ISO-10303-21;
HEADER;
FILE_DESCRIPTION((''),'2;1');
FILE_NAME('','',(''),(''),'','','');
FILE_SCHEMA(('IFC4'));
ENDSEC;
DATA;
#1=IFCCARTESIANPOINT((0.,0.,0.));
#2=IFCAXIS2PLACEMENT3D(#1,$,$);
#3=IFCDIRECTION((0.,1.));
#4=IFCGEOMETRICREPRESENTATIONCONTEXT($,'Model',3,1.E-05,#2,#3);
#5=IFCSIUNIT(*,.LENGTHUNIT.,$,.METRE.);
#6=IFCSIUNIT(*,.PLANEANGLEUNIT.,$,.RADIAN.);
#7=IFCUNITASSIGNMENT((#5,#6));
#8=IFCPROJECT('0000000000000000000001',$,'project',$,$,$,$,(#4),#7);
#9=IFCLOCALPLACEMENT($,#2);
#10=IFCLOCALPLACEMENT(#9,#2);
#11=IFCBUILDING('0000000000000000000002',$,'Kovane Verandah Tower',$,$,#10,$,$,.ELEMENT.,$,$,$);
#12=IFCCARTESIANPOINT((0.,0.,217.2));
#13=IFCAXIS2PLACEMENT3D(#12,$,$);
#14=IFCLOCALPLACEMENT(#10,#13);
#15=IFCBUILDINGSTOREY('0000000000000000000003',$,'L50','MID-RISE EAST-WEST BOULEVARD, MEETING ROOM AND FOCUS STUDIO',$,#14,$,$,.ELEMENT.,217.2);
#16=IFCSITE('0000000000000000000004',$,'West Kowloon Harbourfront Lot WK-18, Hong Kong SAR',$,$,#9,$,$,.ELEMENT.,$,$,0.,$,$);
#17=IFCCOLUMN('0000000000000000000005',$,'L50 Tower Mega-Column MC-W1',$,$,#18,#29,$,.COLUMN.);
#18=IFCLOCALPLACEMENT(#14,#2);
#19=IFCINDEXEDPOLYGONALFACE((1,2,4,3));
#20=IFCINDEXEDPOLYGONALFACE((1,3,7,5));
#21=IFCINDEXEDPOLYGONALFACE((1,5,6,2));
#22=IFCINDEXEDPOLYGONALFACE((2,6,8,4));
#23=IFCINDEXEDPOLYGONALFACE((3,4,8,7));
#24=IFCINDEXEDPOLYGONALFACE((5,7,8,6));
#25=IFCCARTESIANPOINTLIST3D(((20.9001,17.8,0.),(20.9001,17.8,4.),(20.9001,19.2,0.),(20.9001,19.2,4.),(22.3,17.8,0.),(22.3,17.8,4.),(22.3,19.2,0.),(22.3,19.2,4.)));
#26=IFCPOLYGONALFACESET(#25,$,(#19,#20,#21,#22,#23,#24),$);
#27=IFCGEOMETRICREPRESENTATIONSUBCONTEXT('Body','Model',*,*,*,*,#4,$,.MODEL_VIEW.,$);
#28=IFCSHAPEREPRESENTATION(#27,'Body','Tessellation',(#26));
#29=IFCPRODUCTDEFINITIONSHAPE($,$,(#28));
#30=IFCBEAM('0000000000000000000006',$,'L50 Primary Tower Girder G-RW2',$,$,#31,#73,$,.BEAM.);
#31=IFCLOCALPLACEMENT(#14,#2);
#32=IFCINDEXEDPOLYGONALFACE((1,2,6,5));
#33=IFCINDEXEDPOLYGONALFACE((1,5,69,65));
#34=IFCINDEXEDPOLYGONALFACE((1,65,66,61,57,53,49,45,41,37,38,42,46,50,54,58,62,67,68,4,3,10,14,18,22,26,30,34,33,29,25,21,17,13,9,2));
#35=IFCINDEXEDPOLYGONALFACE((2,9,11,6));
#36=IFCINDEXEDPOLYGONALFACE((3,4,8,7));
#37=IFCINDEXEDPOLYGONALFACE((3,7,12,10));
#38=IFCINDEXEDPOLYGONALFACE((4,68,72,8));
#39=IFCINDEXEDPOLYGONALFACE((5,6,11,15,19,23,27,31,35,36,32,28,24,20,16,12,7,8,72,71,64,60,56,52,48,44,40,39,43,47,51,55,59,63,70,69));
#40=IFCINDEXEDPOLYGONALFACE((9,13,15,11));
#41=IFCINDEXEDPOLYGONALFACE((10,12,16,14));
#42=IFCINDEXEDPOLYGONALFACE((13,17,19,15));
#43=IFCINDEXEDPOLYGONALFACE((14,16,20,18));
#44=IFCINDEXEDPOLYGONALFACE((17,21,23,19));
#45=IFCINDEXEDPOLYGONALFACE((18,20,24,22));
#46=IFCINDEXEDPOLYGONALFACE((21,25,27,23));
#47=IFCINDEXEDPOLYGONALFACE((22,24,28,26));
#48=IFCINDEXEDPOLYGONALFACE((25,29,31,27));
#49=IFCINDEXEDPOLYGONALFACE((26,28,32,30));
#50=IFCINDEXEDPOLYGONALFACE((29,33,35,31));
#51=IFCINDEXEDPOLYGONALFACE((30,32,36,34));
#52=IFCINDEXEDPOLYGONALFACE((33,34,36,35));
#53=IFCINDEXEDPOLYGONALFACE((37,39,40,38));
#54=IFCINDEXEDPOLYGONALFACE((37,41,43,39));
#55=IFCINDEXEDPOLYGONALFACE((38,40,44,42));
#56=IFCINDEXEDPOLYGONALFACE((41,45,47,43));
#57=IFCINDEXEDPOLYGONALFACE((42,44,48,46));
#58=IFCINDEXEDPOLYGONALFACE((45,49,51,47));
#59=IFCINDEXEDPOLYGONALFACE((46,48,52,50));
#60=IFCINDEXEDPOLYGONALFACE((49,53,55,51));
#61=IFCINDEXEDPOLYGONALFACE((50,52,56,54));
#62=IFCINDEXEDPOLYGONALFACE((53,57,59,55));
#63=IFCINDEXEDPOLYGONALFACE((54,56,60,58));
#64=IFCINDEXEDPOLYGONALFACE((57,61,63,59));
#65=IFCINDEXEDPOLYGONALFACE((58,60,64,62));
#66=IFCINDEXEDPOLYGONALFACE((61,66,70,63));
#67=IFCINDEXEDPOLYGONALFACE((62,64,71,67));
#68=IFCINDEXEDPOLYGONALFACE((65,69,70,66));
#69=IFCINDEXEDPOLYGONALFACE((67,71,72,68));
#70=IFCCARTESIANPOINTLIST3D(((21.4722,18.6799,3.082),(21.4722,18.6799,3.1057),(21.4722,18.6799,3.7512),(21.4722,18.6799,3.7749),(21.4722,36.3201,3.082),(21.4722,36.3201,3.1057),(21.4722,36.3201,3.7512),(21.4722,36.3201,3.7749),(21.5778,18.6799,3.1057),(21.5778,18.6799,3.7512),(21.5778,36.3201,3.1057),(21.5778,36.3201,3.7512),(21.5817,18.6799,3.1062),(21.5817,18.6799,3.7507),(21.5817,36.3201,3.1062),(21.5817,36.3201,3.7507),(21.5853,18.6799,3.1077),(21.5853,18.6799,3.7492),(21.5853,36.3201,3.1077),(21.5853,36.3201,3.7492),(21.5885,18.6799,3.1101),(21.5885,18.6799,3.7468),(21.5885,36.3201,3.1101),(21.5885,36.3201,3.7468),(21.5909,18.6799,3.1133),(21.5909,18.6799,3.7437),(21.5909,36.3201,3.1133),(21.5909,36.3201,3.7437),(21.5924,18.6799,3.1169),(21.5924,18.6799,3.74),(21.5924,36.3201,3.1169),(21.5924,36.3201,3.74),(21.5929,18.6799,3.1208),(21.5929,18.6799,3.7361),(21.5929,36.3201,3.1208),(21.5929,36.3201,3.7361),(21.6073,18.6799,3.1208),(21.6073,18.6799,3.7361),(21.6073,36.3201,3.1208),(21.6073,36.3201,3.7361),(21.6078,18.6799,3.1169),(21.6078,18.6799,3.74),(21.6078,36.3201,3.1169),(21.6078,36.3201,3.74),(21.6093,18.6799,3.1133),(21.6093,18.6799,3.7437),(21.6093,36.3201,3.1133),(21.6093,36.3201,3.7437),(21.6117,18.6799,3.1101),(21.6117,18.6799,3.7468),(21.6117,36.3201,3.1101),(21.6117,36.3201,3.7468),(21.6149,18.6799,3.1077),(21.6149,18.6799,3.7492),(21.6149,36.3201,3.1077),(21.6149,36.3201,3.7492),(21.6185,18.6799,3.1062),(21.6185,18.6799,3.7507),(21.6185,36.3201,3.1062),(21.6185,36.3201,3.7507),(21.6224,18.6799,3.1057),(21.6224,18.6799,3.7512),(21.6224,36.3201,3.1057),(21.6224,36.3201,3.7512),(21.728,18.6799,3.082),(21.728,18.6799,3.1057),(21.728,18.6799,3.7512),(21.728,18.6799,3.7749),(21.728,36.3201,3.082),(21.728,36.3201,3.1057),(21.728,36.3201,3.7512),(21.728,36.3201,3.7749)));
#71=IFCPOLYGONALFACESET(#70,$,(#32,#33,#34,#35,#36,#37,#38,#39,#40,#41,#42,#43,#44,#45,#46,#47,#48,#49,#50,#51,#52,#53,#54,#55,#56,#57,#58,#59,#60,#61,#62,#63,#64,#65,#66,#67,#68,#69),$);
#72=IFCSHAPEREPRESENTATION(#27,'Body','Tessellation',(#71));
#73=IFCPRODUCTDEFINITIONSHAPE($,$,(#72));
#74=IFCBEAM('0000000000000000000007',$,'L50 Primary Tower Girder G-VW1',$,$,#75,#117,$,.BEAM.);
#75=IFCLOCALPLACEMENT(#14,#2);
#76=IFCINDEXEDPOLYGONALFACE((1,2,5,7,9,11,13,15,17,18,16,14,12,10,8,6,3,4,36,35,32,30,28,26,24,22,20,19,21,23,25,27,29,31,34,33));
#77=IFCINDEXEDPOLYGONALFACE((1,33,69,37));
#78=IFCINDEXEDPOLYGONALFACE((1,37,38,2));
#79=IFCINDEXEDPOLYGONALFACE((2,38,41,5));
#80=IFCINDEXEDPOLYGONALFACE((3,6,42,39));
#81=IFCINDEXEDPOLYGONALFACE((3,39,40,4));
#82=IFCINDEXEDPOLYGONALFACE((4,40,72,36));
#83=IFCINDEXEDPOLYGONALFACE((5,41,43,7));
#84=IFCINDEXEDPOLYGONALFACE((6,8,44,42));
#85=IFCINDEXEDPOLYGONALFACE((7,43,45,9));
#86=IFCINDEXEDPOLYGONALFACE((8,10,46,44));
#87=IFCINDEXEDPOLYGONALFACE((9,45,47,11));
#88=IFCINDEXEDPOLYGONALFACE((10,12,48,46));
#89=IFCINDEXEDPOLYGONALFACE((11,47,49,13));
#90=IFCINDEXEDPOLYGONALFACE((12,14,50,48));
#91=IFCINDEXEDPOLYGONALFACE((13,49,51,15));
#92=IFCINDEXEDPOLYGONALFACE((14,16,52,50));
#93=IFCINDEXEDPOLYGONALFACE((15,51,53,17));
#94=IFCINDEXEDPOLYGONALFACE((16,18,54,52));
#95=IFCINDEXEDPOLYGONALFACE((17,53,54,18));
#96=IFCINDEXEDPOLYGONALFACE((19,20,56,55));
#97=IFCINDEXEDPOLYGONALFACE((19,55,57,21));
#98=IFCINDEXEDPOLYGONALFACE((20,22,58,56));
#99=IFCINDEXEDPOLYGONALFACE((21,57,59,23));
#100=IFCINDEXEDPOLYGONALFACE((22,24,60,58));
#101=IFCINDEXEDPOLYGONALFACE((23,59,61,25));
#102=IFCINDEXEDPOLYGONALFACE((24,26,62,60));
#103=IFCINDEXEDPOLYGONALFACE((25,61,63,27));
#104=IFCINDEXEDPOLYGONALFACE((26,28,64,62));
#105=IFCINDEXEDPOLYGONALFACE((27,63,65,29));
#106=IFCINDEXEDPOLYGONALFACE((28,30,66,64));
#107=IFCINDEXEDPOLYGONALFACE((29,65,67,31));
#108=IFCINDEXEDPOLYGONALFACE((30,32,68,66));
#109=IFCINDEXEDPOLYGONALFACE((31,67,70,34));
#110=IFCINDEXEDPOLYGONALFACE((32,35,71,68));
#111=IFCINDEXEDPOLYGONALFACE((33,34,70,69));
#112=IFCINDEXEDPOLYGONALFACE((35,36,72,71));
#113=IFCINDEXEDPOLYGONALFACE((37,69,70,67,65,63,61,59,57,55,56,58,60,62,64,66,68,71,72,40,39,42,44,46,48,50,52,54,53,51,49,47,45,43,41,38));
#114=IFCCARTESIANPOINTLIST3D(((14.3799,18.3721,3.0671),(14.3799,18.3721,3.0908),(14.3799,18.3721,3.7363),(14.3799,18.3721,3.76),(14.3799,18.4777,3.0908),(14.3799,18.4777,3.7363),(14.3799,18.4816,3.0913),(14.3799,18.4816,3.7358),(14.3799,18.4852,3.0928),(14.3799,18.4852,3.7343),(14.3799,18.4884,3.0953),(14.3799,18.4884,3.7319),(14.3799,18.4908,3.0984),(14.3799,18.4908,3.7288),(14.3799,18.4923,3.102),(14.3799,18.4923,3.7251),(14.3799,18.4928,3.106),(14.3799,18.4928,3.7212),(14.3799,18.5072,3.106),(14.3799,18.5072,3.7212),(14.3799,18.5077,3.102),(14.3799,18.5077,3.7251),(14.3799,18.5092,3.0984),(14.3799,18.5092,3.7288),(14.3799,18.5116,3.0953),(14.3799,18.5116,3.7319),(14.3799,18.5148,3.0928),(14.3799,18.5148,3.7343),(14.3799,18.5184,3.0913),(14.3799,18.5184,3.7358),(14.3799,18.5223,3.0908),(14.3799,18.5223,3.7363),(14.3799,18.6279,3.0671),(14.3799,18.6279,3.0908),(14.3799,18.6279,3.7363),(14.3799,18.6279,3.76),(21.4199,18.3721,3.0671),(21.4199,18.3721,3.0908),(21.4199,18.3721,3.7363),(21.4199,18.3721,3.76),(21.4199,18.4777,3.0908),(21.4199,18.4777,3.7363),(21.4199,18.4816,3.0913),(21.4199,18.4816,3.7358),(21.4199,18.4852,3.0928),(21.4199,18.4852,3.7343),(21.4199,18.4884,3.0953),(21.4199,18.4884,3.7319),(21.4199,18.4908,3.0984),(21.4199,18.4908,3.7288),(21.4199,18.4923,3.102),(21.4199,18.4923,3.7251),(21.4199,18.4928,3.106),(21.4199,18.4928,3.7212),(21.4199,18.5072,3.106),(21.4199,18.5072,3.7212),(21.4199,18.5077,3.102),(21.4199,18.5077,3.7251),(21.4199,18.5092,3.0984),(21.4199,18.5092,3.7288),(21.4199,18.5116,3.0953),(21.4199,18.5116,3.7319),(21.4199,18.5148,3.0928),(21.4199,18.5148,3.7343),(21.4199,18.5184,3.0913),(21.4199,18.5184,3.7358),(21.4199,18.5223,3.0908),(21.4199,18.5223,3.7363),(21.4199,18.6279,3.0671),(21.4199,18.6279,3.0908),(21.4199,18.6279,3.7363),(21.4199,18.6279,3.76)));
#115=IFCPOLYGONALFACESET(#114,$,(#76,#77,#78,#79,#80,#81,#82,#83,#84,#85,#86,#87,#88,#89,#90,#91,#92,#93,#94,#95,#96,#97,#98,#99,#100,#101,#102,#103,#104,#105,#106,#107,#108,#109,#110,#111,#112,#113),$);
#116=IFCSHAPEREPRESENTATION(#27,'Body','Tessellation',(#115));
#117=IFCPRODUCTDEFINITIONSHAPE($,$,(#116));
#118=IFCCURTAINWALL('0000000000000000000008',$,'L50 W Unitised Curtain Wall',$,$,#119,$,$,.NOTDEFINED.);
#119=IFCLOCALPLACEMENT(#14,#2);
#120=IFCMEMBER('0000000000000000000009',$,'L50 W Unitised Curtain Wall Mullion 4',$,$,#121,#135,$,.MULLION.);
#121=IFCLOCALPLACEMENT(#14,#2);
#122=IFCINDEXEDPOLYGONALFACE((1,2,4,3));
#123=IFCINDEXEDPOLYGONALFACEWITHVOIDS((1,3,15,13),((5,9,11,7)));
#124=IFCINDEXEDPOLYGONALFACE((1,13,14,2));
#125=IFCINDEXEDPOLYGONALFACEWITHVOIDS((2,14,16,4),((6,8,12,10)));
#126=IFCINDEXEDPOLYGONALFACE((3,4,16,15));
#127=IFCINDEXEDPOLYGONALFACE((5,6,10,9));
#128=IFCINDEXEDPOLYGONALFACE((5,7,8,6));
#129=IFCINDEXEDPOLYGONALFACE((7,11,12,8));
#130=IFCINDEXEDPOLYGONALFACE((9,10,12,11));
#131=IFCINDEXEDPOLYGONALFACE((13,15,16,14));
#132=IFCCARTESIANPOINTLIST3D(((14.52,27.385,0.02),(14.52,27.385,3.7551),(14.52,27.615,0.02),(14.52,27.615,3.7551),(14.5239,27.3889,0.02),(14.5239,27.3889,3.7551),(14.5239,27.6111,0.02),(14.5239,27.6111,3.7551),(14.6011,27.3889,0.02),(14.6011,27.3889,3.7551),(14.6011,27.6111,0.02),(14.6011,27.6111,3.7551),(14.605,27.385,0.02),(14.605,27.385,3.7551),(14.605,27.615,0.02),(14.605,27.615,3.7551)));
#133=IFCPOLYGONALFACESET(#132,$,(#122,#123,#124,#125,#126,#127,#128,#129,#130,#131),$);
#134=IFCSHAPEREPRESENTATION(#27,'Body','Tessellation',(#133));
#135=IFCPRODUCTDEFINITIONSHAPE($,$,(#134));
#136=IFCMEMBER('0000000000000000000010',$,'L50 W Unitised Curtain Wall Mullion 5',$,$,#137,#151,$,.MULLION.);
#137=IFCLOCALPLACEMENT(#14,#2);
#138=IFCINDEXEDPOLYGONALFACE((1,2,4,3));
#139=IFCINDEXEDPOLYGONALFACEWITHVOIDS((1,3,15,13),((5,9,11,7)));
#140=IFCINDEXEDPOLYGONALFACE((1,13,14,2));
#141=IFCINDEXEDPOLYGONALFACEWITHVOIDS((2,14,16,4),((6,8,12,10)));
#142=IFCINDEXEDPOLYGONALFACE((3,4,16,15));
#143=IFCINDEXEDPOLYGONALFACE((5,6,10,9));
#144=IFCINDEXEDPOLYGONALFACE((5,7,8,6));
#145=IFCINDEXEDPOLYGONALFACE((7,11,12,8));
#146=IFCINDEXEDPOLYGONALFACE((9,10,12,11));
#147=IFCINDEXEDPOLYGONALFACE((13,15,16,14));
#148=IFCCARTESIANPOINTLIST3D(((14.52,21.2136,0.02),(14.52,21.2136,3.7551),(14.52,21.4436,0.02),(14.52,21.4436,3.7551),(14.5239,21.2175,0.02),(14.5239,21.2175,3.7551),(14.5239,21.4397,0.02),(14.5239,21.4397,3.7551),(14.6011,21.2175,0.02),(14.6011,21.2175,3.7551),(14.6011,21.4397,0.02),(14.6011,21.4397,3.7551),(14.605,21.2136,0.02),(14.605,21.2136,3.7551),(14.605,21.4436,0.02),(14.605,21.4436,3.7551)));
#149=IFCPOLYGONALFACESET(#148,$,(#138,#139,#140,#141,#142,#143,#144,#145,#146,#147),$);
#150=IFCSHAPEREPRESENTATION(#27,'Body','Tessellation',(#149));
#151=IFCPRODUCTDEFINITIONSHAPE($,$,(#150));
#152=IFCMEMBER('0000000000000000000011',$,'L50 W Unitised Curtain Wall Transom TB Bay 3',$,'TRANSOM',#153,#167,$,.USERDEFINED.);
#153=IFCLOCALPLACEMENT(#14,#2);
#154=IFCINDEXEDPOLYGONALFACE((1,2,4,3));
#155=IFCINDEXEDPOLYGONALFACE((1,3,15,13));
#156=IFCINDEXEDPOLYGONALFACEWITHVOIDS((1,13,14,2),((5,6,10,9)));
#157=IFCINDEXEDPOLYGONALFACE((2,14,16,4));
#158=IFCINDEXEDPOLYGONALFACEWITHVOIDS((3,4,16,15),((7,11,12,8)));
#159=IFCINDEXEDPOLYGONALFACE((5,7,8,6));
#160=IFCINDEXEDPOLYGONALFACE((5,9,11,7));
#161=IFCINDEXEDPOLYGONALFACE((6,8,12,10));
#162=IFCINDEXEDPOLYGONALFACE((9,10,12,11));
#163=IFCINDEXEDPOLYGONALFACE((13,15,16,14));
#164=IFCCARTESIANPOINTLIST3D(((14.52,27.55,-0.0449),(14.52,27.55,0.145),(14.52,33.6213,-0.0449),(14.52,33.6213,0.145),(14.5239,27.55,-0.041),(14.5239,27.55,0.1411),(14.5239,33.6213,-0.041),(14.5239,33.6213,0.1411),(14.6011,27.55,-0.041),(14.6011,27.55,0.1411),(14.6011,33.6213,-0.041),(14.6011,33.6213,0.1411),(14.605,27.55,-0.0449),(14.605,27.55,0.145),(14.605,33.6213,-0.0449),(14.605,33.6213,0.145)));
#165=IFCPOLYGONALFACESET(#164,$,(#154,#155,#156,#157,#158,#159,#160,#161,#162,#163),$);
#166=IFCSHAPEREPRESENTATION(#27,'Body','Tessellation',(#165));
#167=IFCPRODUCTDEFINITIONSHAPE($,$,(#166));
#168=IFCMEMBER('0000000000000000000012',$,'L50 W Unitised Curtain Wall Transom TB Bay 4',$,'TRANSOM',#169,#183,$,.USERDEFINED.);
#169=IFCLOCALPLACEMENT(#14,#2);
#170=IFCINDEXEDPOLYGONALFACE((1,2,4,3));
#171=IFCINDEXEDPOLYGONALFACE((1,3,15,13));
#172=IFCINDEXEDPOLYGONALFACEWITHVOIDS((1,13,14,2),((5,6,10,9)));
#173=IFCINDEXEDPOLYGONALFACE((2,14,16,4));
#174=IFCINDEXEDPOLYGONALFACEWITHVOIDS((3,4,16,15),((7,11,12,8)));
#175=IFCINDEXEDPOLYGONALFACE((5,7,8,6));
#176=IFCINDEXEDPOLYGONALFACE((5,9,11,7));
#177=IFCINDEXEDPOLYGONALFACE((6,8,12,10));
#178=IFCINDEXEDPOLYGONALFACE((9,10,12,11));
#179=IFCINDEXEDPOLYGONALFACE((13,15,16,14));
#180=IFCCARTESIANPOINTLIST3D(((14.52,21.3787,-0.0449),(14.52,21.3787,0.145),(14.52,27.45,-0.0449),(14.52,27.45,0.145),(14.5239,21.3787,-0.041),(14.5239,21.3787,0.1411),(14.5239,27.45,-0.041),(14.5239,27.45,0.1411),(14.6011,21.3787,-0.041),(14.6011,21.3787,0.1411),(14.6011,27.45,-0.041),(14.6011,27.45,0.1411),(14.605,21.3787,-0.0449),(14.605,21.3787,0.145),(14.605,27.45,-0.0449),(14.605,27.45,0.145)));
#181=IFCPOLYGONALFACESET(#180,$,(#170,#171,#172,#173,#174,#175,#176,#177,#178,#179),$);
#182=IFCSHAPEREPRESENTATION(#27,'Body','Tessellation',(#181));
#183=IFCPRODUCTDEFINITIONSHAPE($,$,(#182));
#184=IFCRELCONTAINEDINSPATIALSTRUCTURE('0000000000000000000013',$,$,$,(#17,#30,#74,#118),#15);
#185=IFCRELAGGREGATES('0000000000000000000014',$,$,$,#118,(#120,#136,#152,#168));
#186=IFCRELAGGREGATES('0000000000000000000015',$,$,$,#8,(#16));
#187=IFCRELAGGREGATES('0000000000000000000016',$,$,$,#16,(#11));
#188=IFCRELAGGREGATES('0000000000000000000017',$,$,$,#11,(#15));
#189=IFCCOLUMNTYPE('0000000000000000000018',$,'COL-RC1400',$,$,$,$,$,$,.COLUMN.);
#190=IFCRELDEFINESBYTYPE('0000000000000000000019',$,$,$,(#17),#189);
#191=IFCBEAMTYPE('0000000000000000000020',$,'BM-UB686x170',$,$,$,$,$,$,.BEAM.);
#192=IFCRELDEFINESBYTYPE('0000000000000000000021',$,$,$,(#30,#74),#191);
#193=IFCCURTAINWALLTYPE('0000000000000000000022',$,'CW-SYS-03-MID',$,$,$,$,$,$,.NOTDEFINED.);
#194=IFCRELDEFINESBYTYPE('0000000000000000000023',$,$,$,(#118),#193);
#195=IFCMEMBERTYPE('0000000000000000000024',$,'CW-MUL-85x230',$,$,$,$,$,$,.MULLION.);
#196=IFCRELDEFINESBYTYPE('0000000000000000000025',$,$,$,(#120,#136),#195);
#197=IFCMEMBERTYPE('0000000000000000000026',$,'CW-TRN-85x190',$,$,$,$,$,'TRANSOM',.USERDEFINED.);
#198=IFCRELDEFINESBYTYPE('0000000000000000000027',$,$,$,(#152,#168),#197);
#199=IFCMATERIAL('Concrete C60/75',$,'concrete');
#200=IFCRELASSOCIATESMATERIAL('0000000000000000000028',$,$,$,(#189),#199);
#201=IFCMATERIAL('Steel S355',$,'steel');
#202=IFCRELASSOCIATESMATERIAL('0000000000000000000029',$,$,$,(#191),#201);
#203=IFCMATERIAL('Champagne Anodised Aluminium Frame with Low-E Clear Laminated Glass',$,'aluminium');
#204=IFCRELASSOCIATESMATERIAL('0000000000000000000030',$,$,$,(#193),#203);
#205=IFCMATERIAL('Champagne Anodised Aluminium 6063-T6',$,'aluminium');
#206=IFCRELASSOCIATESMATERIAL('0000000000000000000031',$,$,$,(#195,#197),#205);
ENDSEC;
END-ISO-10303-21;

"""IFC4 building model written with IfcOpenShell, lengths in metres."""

from ifc_helpers import new_model, si_unit, direction, frame, origin, origin_2d, place, context, subcontext, project, spatial, rectangle, hollow_rectangle, i_section, extrude, material, material_profile, profile_set, type_object, element, aggregate, save


model = new_model("IFC4")

# Units and contexts
model_context = context("Model", 3, precision=1e-05, world=origin(), true_north=direction((0.0, 1.0)))
body_context = subcontext(model_context, "Body", "Model", "MODEL_VIEW")
ifc_project = project(units=[si_unit("LENGTHUNIT", "METRE"), si_unit("PLANEANGLEUNIT", "RADIAN")], contexts=[model_context])

# Site, building, storey
site_placement = place(None, origin())
site = spatial("IfcSite", under=ifc_project, at=site_placement, Name="West Kowloon Harbourfront Lot WK-18, Hong Kong SAR", CompositionType="ELEMENT", RefElevation=0.0)
building_placement = place(site_placement, origin())
building = spatial("IfcBuilding", under=site, at=building_placement, Name="Kovane Verandah Tower", CompositionType="ELEMENT")
storey_placement = place(building_placement, frame((0.0, 0.0, 217.2)))
storey = spatial("IfcBuildingStorey", under=building, at=storey_placement, Name="L50", Description="MID-RISE EAST-WEST BOULEVARD, MEETING ROOM AND FOCUS STUDIO", CompositionType="ELEMENT", Elevation=217.2)

# Column
ifc_material_1 = material(Name="Concrete C60/75", Category="concrete")
ifc_material_profile_1 = material_profile(ifc_material_1, rectangle(XDim=1.3999, YDim=1.3999, at=origin_2d()), Name="RC1400x1400")
ifc_profile_set_1 = profile_set([ifc_material_profile_1], Name="Concrete C60/75")
column_type = type_object("IfcColumnType", Name="COL-RC1400", PredefinedType="COLUMN", material=ifc_profile_set_1)
column_placement = place(storey_placement, frame((21.6001, 18.5, 0.0), z_axis=(0.0, 0.0, 1.0), x_axis=(1.0, 0.0, 0.0)))
element("IfcColumn", 1, at=column_placement, inside=storey, type_object=column_type, Name="L50 Tower Mega-Column MC-W1", PredefinedType="COLUMN", context=body_context, shape_type="SweptSolid", body=[
    extrude(rectangle(XDim=1.3999, YDim=1.3999, at=origin_2d()), origin(), (0.0, 0.0, 1.0), 4.0),
])

# Beams
ifc_material_2 = material(Name="Steel S355", Category="steel")
ifc_material_profile_2 = material_profile(ifc_material_2, i_section(OverallWidth=0.2559, OverallDepth=0.6929, WebThickness=0.0144, FlangeThickness=0.0237, FilletRadius=0.0151, at=origin_2d()), Name="UB686x254x170")
ifc_profile_set_2 = profile_set([ifc_material_profile_2], Name="Steel S355")
beam_type_1 = type_object("IfcBeamType", Name="BM-UB686x170", PredefinedType="BEAM", material=ifc_profile_set_2)
beam_1_placement = place(storey_placement, frame((21.6001, 18.6799, 3.4285), z_axis=(0.0, 1.0, 0.0), x_axis=(-1.0, 0.0, 0.0)))
element("IfcBeam", 2, at=beam_1_placement, inside=storey, type_object=beam_type_1, Name="L50 Primary Tower Girder G-RW2", PredefinedType="BEAM", context=body_context, shape_type="SweptSolid", body=[
    extrude(i_section(OverallWidth=0.2559, OverallDepth=0.6929, WebThickness=0.0144, FlangeThickness=0.0237, FilletRadius=0.0151, at=origin_2d()), origin(), (0.0, 0.0, 1.0), 17.6401),
])
beam_2_placement = place(storey_placement, frame((21.4199, 18.5, 3.4136), z_axis=(-1.0, 0.0, 0.0), x_axis=(0.0, -1.0, 0.0)))
element("IfcBeam", 3, at=beam_2_placement, inside=storey, type_object=beam_type_1, Name="L50 Primary Tower Girder G-VW1", PredefinedType="BEAM", context=body_context, shape_type="SweptSolid", body=[
    extrude(i_section(OverallWidth=0.2559, OverallDepth=0.6929, WebThickness=0.0144, FlangeThickness=0.0237, FilletRadius=0.0151, at=origin_2d()), origin(), (0.0, 0.0, 1.0), 7.04),
])

# Curtain wall, members
ifc_material_3 = material(Name="Champagne Anodised Aluminium Frame with Low-E Clear Laminated Glass", Category="aluminium")
curtain_wall_type = type_object("IfcCurtainWallType", Name="CW-SYS-03-MID", PredefinedType="NOTDEFINED", material=ifc_material_3)
curtain_wall_placement = place(storey_placement, origin())
curtain_wall = element("IfcCurtainWall", 4, at=curtain_wall_placement, inside=storey, type_object=curtain_wall_type, Name="L50 W Unitised Curtain Wall", PredefinedType="NOTDEFINED")
ifc_material_4 = material(Name="Champagne Anodised Aluminium 6063-T6", Category="aluminium")
ifc_material_profile_3 = material_profile(ifc_material_4, hollow_rectangle(XDim=0.085, YDim=0.23, WallThickness=0.0039, at=origin_2d()), Name="AL85x230x4")
ifc_profile_set_3 = profile_set([ifc_material_profile_3], Name="Champagne Anodised Aluminium 6063-T6")
member_type_1 = type_object("IfcMemberType", Name="CW-MUL-85x230", PredefinedType="MULLION", material=ifc_profile_set_3)
member_1_placement = place(storey_placement, frame((14.5625, 27.5, 0.02), z_axis=(0.0, 0.0, 1.0), x_axis=(-1.0, 0.0, 0.0)))
member_1 = element("IfcMember", 5, at=member_1_placement, type_object=member_type_1, Name="L50 W Unitised Curtain Wall Mullion 4", PredefinedType="MULLION", context=body_context, shape_type="SweptSolid", body=[
    extrude(hollow_rectangle(XDim=0.085, YDim=0.23, WallThickness=0.0039, at=origin_2d()), origin(), (0.0, 0.0, 1.0), 3.7351),
])
member_2_placement = place(storey_placement, frame((14.5625, 21.3286, 0.02), z_axis=(0.0, 0.0, 1.0), x_axis=(-1.0, 0.0, 0.0)))
member_2 = element("IfcMember", 6, at=member_2_placement, type_object=member_type_1, Name="L50 W Unitised Curtain Wall Mullion 5", PredefinedType="MULLION", context=body_context, shape_type="SweptSolid", body=[
    extrude(hollow_rectangle(XDim=0.085, YDim=0.23, WallThickness=0.0039, at=origin_2d()), origin(), (0.0, 0.0, 1.0), 3.7351),
])
ifc_material_profile_4 = material_profile(ifc_material_4, hollow_rectangle(XDim=0.085, YDim=0.1899, WallThickness=0.0039, at=origin_2d()), Name="AL85x190x4")
ifc_profile_set_4 = profile_set([ifc_material_profile_4], Name="Champagne Anodised Aluminium 6063-T6")
member_type_2 = type_object("IfcMemberType", Name="CW-TRN-85x190", ElementType="TRANSOM", PredefinedType="USERDEFINED", material=ifc_profile_set_4)
member_3_placement = place(storey_placement, frame((14.5625, 33.6213, 0.05), z_axis=(0.0, -1.0, 0.0), x_axis=(1.0, 0.0, 0.0)))
member_3 = element("IfcMember", 7, at=member_3_placement, type_object=member_type_2, Name="L50 W Unitised Curtain Wall Transom TB Bay 3", ObjectType="TRANSOM", PredefinedType="USERDEFINED", context=body_context, shape_type="SweptSolid", body=[
    extrude(hollow_rectangle(XDim=0.085, YDim=0.1899, WallThickness=0.0039, at=origin_2d()), origin(), (0.0, 0.0, 1.0), 6.0713),
])
member_4_placement = place(storey_placement, frame((14.5625, 27.45, 0.05), z_axis=(0.0, -1.0, 0.0), x_axis=(1.0, 0.0, 0.0)))
member_4 = element("IfcMember", 8, at=member_4_placement, type_object=member_type_2, Name="L50 W Unitised Curtain Wall Transom TB Bay 4", ObjectType="TRANSOM", PredefinedType="USERDEFINED", context=body_context, shape_type="SweptSolid", body=[
    extrude(hollow_rectangle(XDim=0.085, YDim=0.1899, WallThickness=0.0039, at=origin_2d()), origin(), (0.0, 0.0, 1.0), 6.0713),
])

aggregate(curtain_wall, [member_1, member_2, member_3, member_4])

save(model, "model.ifc")
